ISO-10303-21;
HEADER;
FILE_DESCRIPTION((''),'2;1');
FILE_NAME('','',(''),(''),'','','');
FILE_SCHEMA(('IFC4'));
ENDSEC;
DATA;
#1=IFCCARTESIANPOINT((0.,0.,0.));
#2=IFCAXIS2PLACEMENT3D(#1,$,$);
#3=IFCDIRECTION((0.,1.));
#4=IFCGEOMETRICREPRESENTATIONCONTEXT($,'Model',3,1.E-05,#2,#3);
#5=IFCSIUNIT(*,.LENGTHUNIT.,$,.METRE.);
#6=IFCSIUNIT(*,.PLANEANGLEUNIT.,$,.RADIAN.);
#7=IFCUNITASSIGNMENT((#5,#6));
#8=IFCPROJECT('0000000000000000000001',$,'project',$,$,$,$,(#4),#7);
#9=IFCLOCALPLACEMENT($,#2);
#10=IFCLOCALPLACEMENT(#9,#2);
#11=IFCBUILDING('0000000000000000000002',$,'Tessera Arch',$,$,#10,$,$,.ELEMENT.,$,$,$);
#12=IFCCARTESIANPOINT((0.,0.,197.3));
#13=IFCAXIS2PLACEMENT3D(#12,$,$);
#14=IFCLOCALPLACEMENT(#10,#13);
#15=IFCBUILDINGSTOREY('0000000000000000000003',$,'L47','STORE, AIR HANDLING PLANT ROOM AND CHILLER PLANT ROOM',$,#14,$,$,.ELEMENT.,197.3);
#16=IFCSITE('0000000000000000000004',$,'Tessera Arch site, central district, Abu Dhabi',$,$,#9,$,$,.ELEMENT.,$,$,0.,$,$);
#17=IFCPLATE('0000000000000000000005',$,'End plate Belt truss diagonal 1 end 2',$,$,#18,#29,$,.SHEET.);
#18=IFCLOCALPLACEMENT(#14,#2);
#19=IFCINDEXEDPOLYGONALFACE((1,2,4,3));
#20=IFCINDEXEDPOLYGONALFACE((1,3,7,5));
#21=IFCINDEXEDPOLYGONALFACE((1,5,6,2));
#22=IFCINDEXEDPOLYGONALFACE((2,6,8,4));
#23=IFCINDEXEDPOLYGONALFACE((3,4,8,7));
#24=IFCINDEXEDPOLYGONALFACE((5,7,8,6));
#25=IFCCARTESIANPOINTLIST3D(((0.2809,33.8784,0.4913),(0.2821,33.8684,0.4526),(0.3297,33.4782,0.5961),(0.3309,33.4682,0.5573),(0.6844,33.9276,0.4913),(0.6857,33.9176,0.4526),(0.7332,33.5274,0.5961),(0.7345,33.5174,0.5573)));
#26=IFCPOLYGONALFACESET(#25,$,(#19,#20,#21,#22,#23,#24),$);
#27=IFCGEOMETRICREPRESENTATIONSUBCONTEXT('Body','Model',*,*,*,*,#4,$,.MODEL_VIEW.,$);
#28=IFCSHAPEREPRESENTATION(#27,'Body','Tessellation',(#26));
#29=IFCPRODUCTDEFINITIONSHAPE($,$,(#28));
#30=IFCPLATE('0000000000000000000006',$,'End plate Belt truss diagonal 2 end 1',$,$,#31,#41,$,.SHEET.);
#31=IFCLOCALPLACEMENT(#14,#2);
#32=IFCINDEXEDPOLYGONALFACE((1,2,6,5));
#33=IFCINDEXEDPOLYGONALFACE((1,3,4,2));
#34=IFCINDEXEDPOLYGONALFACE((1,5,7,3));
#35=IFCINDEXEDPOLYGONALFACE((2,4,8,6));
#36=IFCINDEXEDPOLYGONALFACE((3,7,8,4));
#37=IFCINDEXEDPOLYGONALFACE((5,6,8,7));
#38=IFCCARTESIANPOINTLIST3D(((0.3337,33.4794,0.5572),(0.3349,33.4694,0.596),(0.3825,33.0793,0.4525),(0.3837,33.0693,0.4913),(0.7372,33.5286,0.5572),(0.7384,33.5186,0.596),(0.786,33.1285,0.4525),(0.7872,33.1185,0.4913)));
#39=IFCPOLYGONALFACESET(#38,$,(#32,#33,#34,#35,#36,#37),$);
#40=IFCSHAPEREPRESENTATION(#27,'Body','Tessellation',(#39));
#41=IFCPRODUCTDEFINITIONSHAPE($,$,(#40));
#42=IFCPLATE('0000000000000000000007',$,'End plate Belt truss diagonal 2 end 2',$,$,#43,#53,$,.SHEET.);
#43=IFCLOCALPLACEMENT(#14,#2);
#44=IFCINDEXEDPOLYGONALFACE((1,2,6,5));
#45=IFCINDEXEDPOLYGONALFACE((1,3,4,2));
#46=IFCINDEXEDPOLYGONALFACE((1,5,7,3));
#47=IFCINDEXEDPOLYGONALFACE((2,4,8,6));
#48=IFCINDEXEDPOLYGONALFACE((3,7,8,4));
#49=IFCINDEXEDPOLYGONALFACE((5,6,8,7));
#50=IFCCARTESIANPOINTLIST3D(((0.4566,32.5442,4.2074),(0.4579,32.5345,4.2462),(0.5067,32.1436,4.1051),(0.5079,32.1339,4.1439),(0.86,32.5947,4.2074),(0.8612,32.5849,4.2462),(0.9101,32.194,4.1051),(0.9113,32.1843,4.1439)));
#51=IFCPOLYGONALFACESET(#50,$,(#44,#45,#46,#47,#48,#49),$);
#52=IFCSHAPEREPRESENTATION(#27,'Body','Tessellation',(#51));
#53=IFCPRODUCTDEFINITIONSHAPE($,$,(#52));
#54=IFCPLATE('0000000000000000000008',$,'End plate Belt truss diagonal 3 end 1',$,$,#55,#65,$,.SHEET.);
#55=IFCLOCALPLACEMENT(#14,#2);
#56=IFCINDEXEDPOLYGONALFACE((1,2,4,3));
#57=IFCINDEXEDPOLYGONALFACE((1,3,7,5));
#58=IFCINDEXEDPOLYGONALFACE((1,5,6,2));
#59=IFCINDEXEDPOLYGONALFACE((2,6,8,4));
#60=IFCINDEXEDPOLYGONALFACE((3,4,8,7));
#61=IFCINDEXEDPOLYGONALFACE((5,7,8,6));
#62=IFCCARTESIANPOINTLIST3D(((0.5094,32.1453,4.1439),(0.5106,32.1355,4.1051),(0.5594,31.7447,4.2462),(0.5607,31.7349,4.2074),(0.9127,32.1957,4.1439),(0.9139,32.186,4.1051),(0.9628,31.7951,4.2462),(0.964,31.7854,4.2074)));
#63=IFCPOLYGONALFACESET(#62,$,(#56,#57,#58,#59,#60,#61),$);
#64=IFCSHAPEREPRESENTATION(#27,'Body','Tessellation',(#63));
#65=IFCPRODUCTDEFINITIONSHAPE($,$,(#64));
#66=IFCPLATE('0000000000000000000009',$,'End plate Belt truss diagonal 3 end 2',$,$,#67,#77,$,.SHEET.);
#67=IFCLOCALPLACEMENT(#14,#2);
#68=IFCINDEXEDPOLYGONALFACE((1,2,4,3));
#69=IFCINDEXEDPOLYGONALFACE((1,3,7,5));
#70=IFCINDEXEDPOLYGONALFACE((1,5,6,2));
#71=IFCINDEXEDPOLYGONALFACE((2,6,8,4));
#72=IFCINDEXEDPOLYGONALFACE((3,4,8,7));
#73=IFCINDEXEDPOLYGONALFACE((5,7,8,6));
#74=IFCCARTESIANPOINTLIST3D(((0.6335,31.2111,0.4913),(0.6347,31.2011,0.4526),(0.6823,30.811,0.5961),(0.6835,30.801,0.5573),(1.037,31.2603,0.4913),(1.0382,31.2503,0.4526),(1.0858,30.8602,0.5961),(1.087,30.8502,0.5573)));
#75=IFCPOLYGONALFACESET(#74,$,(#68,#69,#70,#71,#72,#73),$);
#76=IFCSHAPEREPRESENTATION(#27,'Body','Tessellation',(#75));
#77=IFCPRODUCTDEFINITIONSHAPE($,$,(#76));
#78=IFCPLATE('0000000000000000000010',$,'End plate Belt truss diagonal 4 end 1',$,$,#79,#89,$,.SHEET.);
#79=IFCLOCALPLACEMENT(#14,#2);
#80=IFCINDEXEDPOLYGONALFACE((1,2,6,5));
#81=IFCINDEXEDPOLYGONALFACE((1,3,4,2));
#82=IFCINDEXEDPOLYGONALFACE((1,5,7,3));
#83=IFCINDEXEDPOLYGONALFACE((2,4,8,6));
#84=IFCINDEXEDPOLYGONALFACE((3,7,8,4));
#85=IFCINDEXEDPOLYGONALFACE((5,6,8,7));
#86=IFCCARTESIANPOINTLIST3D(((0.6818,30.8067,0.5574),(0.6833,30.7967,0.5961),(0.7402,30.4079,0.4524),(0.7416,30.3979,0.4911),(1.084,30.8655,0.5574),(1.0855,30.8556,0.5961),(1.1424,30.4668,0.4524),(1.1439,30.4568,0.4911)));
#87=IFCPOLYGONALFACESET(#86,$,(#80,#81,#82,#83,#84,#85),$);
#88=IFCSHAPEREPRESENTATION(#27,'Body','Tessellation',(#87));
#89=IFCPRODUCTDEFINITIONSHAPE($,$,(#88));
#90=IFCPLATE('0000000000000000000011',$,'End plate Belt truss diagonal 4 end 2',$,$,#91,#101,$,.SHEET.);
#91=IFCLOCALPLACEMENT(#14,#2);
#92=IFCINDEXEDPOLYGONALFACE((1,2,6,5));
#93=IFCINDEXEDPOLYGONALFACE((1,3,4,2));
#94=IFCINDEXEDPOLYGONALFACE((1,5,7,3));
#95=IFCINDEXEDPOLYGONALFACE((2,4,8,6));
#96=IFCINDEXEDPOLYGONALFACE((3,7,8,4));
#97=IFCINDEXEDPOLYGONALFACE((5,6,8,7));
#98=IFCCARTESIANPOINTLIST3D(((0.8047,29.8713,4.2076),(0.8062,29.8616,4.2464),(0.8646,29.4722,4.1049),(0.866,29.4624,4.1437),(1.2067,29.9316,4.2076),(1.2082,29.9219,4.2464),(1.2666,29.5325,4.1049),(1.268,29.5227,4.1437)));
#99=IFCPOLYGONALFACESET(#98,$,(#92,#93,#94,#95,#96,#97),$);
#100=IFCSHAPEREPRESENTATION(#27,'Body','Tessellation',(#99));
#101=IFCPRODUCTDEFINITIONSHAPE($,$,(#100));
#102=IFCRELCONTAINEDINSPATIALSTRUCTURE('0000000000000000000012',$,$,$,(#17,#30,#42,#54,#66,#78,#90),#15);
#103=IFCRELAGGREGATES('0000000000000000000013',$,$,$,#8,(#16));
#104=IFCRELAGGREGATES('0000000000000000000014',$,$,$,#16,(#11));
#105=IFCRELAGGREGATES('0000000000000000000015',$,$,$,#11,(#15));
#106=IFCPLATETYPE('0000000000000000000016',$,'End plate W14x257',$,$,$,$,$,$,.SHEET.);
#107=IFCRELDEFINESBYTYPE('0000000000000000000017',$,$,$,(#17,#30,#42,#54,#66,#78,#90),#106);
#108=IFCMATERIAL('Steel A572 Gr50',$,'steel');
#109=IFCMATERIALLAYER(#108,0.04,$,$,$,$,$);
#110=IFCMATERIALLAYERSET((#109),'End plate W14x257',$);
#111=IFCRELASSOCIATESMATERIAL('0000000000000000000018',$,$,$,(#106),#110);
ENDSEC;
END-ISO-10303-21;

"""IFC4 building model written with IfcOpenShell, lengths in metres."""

from ifc_helpers import new_model, si_unit, direction, frame, origin, origin_2d, place, context, subcontext, project, spatial, rectangle, extrude, material, layer, layer_set, type_object, element, save


model = new_model("IFC4")

# Units and contexts
model_context = context("Model", 3, precision=1e-05, world=origin(), true_north=direction((0.0, 1.0)))
body_context = subcontext(model_context, "Body", "Model", "MODEL_VIEW")
ifc_project = project(units=[si_unit("LENGTHUNIT", "METRE"), si_unit("PLANEANGLEUNIT", "RADIAN")], contexts=[model_context])

# Site, building, storey
site_placement = place(None, origin())
site = spatial("IfcSite", under=ifc_project, at=site_placement, Name="Tessera Arch site, central district, Abu Dhabi", CompositionType="ELEMENT", RefElevation=0.0)
building_placement = place(site_placement, origin())
building = spatial("IfcBuilding", under=site, at=building_placement, Name="Tessera Arch", CompositionType="ELEMENT")
storey_placement = place(building_placement, frame((0.0, 0.0, 197.3)))
storey = spatial("IfcBuildingStorey", under=building, at=storey_placement, Name="L47", Description="STORE, AIR HANDLING PLANT ROOM AND CHILLER PLANT ROOM", CompositionType="ELEMENT", Elevation=197.3)

# Plates
ifc_material_1 = material(Name="Steel A572 Gr50", Category="steel")
ifc_layer_1 = layer(ifc_material_1, 0.04)
ifc_layer_set_1 = layer_set([ifc_layer_1], Name="End plate W14x257")
plate_type_1 = type_object("IfcPlateType", Name="End plate W14x257", PredefinedType="SHEET", material=ifc_layer_set_1)
for number, where, z_axis, x_axis, name in (
    (1, (0.5071, 33.7029, 0.5437), (0.030436, -0.249578, -0.967876), (0.992646, 0.121054, 0.0), "End plate Belt truss diagonal 1 end 2"),
    (2, (0.5598, 33.304, 0.5049), (0.030436, -0.249578, 0.967876), (0.992646, 0.121054, 0.0), "End plate Belt truss diagonal 2 end 1"),
    (3, (0.6833, 32.3691, 4.1562), (0.030482, -0.243857, 0.969332), (0.992278, 0.124035, 0.0), "End plate Belt truss diagonal 2 end 2"),
    (4, (0.7361, 31.9702, 4.1951), (0.030482, -0.243857, -0.969332), (0.992278, 0.124035, 0.0), "End plate Belt truss diagonal 3 end 1"),
    (5, (0.8596, 31.0356, 0.5437), (0.030436, -0.249578, -0.967876), (0.992646, 0.121054, 0.0), "End plate Belt truss diagonal 3 end 2"),
    (6, (0.9121, 30.6367, 0.5049), (0.036516, -0.249527, 0.967679), (0.989461, 0.144799, 0.0), "End plate Belt truss diagonal 4 end 1"),
    (7, (1.0356, 29.7019, 4.1562), (0.036571, -0.243807, 0.969134), (0.988936, 0.14834, 0.0), "End plate Belt truss diagonal 4 end 2"),
):
    element("IfcPlate", number, at=place(storey_placement, frame(where, z_axis=z_axis, x_axis=x_axis)), inside=storey, type_object=plate_type_1, Name=name, PredefinedType="SHEET", context=body_context, shape_type="SweptSolid", body=[
        extrude(rectangle(XDim=0.4065, YDim=0.4165, at=origin_2d()), origin(), (0.0, 0.0, 1.0), 0.04),
    ])

save(model, "model.ifc")
